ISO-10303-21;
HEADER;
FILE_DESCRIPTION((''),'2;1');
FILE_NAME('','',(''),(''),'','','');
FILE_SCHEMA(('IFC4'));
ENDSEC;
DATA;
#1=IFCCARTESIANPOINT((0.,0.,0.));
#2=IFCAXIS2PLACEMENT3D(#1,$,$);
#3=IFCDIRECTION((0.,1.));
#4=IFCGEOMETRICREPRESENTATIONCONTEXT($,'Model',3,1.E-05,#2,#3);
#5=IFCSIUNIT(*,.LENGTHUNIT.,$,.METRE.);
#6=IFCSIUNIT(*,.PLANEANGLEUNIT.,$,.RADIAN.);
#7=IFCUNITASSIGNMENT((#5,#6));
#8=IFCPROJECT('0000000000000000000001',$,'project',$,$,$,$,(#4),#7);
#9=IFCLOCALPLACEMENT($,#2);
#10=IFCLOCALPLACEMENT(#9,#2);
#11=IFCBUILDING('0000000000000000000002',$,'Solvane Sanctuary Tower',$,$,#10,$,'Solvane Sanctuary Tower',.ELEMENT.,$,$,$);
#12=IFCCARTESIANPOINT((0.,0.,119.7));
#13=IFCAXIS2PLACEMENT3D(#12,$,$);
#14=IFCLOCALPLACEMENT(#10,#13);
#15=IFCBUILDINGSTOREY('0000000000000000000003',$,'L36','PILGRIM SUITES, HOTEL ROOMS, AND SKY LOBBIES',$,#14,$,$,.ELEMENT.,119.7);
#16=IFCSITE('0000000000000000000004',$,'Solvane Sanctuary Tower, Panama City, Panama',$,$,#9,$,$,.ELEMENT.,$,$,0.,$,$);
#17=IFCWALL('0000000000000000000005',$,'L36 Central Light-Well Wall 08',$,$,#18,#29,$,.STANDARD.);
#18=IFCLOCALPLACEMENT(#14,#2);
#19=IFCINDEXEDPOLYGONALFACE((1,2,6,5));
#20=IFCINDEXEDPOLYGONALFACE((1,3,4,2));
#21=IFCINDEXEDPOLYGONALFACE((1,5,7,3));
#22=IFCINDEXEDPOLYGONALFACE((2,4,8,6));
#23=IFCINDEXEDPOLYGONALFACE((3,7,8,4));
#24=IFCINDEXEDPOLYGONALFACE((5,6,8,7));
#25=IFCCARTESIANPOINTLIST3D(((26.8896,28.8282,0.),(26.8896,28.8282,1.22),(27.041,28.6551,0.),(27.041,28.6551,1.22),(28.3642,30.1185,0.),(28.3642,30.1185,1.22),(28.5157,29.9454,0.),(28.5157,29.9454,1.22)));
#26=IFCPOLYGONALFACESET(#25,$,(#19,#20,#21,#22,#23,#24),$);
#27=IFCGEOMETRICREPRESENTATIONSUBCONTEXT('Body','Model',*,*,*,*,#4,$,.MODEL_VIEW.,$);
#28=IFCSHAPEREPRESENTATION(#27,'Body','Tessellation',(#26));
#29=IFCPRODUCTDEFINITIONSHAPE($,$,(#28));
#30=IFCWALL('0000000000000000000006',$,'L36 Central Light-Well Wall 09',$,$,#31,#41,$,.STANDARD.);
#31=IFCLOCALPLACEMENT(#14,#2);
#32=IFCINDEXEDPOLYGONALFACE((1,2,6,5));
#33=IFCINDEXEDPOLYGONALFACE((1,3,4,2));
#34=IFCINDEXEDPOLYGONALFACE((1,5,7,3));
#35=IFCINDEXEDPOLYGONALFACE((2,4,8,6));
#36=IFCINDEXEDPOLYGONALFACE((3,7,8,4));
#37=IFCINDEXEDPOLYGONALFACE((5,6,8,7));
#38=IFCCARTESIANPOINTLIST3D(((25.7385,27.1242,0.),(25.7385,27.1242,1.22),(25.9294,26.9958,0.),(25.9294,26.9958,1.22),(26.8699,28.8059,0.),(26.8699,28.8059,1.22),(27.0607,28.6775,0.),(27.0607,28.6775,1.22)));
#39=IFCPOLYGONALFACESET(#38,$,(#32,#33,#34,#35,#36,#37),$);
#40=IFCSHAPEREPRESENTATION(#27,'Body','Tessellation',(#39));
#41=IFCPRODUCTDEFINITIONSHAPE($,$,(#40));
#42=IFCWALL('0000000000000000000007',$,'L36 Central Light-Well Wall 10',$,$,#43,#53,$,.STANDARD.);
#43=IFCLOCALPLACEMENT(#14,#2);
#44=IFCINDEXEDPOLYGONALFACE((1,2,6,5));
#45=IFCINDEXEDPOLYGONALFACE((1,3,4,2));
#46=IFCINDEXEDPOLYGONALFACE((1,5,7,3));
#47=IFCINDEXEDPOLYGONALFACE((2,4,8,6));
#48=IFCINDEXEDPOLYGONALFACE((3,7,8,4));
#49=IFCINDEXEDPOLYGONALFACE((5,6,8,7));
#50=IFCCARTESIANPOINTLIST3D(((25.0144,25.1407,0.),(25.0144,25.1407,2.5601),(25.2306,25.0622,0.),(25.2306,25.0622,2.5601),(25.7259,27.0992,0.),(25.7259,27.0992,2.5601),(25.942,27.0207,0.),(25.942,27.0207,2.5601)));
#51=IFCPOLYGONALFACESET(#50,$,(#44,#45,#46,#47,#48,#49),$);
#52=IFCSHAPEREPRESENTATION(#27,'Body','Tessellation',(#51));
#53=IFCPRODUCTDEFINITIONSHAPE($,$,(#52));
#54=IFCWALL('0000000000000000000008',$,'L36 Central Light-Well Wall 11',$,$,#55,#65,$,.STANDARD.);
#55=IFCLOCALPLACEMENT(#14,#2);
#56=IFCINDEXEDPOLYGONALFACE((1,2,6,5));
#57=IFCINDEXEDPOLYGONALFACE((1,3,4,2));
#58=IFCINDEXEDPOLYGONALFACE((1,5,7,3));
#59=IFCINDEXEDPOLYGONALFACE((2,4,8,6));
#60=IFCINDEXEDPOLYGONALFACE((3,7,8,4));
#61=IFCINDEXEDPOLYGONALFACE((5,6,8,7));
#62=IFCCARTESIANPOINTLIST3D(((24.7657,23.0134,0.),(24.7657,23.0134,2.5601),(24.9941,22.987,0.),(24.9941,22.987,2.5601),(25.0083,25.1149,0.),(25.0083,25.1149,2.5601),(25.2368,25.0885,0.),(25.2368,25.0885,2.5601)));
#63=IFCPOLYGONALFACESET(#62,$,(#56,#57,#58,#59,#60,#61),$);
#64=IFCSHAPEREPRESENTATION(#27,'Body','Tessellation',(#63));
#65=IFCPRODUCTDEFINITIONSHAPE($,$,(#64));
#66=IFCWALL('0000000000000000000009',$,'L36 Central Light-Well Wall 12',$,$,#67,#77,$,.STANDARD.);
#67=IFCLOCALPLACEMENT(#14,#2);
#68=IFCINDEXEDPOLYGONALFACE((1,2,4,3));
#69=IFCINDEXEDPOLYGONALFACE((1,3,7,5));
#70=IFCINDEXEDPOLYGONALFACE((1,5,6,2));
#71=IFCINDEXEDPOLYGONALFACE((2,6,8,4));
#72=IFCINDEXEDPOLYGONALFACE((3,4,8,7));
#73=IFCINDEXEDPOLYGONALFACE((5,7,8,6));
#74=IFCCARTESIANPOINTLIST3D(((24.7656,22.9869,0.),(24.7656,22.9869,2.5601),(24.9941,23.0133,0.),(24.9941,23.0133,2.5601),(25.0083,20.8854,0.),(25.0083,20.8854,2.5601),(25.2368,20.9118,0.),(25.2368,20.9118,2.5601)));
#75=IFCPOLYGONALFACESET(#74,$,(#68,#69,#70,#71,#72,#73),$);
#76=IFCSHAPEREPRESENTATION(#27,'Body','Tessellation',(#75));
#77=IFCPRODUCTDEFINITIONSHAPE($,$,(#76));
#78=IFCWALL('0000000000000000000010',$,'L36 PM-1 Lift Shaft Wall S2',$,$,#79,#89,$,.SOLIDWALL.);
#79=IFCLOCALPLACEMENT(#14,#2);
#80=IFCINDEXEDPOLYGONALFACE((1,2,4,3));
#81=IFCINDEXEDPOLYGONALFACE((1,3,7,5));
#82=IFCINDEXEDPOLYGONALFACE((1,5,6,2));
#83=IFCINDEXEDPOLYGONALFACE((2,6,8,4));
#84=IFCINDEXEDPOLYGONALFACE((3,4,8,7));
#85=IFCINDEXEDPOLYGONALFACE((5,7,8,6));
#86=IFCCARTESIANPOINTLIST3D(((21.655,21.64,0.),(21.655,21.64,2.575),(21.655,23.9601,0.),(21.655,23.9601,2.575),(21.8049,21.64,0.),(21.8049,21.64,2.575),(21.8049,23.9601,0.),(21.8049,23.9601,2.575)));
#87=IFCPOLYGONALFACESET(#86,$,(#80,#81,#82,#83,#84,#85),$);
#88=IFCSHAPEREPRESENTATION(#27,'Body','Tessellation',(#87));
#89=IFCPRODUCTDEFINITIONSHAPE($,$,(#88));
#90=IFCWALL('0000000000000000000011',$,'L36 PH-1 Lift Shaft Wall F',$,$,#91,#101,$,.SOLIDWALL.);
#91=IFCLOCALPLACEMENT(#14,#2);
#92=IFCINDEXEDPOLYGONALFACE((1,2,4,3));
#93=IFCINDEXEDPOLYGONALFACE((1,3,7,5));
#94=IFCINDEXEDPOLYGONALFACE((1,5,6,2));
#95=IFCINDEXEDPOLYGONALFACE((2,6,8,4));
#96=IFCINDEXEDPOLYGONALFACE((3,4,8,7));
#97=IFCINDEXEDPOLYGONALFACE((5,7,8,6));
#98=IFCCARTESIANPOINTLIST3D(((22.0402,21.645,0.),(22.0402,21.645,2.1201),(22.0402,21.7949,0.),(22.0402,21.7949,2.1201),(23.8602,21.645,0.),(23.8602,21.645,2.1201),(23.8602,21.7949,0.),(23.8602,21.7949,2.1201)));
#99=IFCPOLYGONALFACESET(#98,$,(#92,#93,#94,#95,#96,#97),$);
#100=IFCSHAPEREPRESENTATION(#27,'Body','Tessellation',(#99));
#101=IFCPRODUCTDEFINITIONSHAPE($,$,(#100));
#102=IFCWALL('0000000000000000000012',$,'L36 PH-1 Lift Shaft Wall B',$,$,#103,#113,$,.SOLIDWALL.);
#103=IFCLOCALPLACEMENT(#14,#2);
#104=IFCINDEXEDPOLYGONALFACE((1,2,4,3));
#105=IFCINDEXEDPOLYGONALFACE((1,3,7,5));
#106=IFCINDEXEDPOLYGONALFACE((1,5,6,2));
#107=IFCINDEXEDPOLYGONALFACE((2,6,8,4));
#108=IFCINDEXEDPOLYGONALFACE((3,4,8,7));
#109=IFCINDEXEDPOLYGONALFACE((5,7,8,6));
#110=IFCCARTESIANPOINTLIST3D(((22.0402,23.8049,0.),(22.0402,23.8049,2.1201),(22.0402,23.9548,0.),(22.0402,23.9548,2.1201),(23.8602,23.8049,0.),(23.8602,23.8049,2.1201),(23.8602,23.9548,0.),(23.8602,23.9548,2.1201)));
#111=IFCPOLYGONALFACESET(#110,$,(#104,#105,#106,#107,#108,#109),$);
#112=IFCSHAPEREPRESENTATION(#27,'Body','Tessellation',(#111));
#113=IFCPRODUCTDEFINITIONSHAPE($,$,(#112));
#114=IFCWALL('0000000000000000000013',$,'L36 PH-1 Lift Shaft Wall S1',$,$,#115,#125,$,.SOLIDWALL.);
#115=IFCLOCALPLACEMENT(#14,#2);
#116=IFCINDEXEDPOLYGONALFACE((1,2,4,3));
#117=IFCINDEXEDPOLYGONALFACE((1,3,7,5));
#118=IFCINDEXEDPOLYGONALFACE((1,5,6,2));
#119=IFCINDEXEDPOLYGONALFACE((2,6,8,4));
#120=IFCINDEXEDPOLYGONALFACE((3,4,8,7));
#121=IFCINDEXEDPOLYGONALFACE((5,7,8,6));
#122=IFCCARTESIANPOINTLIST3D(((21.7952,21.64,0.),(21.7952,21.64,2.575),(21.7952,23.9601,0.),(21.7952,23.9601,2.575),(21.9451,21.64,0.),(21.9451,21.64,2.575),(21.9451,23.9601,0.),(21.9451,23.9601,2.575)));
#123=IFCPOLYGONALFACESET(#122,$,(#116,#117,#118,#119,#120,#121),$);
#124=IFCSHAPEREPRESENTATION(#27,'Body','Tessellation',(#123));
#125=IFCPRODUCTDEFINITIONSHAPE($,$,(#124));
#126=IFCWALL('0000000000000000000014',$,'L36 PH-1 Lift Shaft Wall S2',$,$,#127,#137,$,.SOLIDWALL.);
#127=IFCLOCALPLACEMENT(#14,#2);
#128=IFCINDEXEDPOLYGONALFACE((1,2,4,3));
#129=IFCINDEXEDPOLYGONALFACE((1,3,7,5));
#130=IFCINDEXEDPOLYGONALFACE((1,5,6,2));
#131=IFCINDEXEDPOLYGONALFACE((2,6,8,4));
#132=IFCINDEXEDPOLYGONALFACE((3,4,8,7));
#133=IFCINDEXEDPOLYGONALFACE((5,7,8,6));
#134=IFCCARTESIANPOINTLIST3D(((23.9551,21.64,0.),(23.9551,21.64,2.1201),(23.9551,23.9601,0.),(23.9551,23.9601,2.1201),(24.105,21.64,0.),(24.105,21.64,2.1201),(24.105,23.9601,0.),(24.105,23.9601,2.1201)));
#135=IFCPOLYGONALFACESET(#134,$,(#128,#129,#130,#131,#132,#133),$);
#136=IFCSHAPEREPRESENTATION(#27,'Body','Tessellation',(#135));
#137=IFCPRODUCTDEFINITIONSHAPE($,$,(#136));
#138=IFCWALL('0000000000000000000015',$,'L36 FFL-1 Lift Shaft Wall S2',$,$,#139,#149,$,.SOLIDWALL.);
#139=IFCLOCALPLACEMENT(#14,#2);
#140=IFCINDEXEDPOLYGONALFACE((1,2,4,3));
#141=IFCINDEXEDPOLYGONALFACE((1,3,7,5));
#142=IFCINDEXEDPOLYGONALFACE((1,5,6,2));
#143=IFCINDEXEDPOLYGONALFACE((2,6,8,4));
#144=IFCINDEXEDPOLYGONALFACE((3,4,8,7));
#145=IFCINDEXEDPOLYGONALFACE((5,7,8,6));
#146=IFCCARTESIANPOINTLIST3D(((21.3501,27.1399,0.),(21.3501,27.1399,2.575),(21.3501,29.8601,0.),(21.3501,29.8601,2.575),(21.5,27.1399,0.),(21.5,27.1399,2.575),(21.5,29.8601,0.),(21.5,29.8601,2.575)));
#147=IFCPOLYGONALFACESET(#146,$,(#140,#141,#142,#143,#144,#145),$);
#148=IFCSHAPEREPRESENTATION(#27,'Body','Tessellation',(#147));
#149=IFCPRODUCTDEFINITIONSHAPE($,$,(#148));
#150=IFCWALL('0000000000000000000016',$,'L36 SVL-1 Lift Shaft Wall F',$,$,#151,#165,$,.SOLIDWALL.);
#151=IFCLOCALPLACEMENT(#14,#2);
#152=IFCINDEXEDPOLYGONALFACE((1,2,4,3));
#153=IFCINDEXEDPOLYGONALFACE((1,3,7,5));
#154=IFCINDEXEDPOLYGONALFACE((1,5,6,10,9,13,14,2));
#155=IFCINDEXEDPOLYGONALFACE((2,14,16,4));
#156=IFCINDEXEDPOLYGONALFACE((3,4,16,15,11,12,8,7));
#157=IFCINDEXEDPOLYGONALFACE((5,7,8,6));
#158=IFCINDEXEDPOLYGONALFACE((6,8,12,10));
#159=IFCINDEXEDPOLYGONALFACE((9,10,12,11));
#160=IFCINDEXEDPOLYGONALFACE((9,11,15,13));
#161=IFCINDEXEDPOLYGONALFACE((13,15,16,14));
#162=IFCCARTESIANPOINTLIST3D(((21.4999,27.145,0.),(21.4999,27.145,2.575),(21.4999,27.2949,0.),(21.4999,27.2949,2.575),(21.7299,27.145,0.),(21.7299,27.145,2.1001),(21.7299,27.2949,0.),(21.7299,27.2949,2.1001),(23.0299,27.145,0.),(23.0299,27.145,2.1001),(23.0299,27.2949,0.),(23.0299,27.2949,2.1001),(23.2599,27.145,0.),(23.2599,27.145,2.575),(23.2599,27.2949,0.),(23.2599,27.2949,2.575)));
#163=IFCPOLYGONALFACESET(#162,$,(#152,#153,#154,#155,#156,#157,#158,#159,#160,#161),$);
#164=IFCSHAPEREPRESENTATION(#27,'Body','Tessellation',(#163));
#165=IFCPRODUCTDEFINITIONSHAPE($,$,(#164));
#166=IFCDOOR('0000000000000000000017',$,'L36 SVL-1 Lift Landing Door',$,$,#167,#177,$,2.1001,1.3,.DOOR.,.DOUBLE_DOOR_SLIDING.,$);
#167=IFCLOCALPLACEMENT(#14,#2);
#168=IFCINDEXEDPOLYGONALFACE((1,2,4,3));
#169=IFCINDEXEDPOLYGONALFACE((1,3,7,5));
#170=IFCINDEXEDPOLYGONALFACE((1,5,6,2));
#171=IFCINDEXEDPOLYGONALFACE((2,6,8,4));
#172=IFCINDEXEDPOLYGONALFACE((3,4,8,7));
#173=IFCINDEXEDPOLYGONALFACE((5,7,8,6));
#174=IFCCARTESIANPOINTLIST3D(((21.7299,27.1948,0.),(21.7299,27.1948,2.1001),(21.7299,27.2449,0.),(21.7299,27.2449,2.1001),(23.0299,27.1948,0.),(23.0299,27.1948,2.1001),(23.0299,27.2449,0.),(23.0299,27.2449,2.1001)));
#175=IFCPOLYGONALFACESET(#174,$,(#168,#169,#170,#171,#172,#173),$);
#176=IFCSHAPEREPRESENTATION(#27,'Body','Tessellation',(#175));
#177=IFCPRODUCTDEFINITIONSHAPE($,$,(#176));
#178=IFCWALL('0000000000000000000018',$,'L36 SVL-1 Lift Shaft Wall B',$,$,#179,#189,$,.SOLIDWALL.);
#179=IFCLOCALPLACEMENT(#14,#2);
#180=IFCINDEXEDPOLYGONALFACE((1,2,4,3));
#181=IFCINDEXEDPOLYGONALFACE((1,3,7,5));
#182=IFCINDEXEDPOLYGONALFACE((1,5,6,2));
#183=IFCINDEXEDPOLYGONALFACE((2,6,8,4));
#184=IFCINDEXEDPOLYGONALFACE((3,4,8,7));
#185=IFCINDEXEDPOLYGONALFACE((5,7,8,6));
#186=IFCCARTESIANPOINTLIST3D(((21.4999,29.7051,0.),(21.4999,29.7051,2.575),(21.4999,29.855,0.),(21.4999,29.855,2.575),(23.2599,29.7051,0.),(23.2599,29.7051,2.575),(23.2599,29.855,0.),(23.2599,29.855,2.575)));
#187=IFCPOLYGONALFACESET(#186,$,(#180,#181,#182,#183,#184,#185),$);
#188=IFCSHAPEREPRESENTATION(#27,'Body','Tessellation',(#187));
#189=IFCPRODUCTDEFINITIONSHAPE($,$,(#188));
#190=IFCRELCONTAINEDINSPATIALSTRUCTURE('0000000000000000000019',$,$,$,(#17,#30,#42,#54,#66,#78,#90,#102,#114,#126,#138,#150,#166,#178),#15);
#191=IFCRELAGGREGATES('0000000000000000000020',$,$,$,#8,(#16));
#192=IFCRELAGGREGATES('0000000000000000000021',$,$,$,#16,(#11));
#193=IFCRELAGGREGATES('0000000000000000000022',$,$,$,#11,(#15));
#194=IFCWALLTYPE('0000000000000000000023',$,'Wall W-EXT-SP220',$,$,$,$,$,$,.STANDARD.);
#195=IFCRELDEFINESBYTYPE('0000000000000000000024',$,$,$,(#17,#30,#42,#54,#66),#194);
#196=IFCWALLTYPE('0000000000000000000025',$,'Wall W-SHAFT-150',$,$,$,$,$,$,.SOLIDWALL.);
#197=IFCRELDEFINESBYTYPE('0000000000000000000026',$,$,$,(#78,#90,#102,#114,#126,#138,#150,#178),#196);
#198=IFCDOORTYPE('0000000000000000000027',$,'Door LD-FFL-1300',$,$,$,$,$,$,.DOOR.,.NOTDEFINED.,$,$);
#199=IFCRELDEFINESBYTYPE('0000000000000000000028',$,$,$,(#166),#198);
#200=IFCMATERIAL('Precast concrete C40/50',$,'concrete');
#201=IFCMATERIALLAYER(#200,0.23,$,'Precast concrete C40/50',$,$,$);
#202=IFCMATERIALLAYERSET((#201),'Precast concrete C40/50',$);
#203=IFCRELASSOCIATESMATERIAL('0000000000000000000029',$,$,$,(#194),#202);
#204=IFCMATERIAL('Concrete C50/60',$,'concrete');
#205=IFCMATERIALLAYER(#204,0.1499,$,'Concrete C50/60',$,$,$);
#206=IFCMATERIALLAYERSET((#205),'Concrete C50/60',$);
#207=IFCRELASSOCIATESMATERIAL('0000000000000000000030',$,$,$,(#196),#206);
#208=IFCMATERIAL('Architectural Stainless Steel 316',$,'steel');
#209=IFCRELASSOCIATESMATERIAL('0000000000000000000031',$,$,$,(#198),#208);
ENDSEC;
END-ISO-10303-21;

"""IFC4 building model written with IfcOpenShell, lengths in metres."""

from ifc_helpers import new_model, si_unit, direction, frame, frame_2d, origin, place, context, subcontext, project, spatial, rectangle, extrude, material, layer, layer_set, type_object, element, fill, save


model = new_model("IFC4")

# Units and contexts
model_context = context("Model", 3, precision=1e-05, world=origin(), true_north=direction((0.0, 1.0)))
body_context = subcontext(model_context, "Body", "Model", "MODEL_VIEW")
ifc_project = project(units=[si_unit("LENGTHUNIT", "METRE"), si_unit("PLANEANGLEUNIT", "RADIAN")], contexts=[model_context])

# Site, building, storey
site_placement = place(None, origin())
site = spatial("IfcSite", under=ifc_project, at=site_placement, Name="Solvane Sanctuary Tower, Panama City, Panama", CompositionType="ELEMENT", RefElevation=0.0)
building_placement = place(site_placement, origin())
building = spatial("IfcBuilding", under=site, at=building_placement, Name="Solvane Sanctuary Tower", LongName="Solvane Sanctuary Tower", CompositionType="ELEMENT")
storey_placement = place(building_placement, frame((0.0, 0.0, 119.7)))
storey = spatial("IfcBuildingStorey", under=building, at=storey_placement, Name="L36", Description="PILGRIM SUITES, HOTEL ROOMS, AND SKY LOBBIES", CompositionType="ELEMENT", Elevation=119.7)

# Shared definitions
ifc_material_1 = material(Name="Architectural Stainless Steel 316", Category="steel")

# Walls
ifc_material_2 = material(Name="Precast concrete C40/50", Category="concrete")
ifc_layer_1 = layer(ifc_material_2, 0.23, Name="Precast concrete C40/50")
ifc_layer_set_1 = layer_set([ifc_layer_1], Name="Precast concrete C40/50")
wall_type_1 = type_object("IfcWallType", Name="Wall W-EXT-SP220", PredefinedType="STANDARD", material=ifc_layer_set_1)
wall_1_placement = place(storey_placement, frame((28.4399, 30.032, 0.0), z_axis=(0.0, 0.0, 1.0), x_axis=(-0.752577, -0.658505, 0.0)))
element("IfcWall", 1, at=wall_1_placement, inside=storey, type_object=wall_type_1, Name="L36 Central Light-Well Wall 08", PredefinedType="STANDARD", context=body_context, shape_type="SweptSolid", body=[
    extrude(rectangle(XDim=1.9595, YDim=0.23, at=frame_2d((0.9797, 0.0))), origin(), (0.0, 0.0, 1.0), 1.22),
])
wall_2_placement = place(storey_placement, frame((26.9653, 28.7417, 0.0), z_axis=(0.0, 0.0, 1.0), x_axis=(-0.558198, -0.829708, 0.0)))
element("IfcWall", 2, at=wall_2_placement, inside=storey, type_object=wall_type_1, Name="L36 Central Light-Well Wall 09", PredefinedType="STANDARD", context=body_context, shape_type="SweptSolid", body=[
    extrude(rectangle(XDim=2.0269, YDim=0.23, at=frame_2d((1.0134, 0.0))), origin(), (0.0, 0.0, 1.0), 1.22),
])
wall_3_placement = place(storey_placement, frame((25.834, 27.0601, 0.0), z_axis=(0.0, 0.0, 1.0), x_axis=(-0.341423, -0.93991, 0.0)))
element("IfcWall", 3, at=wall_3_placement, inside=storey, type_object=wall_type_1, Name="L36 Central Light-Well Wall 10", PredefinedType="STANDARD", context=body_context, shape_type="SweptSolid", body=[
    extrude(rectangle(XDim=2.0837, YDim=0.23, at=frame_2d((1.042, 0.0))), origin(), (0.0, 0.0, 1.0), 2.5601),
])
for number, where, z_axis, x_axis, name in (
    (4, (25.1226, 25.1016, 0.0), (0.0, 0.0, 1.0), (-0.114712, -0.993399, 0.0), "L36 Central Light-Well Wall 11"),
    (5, (24.8799, 23.0, 0.0), (0.0, 0.0, 1.0), (0.114712, -0.993399, 0.0), "L36 Central Light-Well Wall 12"),
):
    element("IfcWall", number, at=place(storey_placement, frame(where, z_axis=z_axis, x_axis=x_axis)), inside=storey, type_object=wall_type_1, Name=name, PredefinedType="STANDARD", context=body_context, shape_type="SweptSolid", body=[
        extrude(rectangle(XDim=2.1155, YDim=0.23, at=frame_2d((1.0576, 0.0))), origin(), (0.0, 0.0, 1.0), 2.5601),
    ])
ifc_material_3 = material(Name="Concrete C50/60", Category="concrete")
ifc_layer_2 = layer(ifc_material_3, 0.1499, Name="Concrete C50/60")
ifc_layer_set_2 = layer_set([ifc_layer_2], Name="Concrete C50/60")
wall_type_2 = type_object("IfcWallType", Name="Wall W-SHAFT-150", PredefinedType="SOLIDWALL", material=ifc_layer_set_2)
wall_4_placement = place(storey_placement, frame((21.73, 21.6399, 0.0), z_axis=(0.0, 0.0, 1.0), x_axis=(0.0, 1.0, 0.0)))
element("IfcWall", 6, at=wall_4_placement, inside=storey, type_object=wall_type_2, Name="L36 PM-1 Lift Shaft Wall S2", PredefinedType="SOLIDWALL", context=body_context, shape_type="SweptSolid", body=[
    extrude(rectangle(XDim=2.3201, YDim=0.1499, at=frame_2d((1.1602, 0.0))), origin(), (0.0, 0.0, 1.0), 2.575),
])
for number, where, z_axis, x_axis, name in (
    (7, (22.04, 21.72, 0.0), (0.0, 0.0, 1.0), (1.0, 0.0, 0.0), "L36 PH-1 Lift Shaft Wall F"),
    (8, (22.04, 23.8799, 0.0), (0.0, 0.0, 1.0), (1.0, 0.0, 0.0), "L36 PH-1 Lift Shaft Wall B"),
):
    element("IfcWall", number, at=place(storey_placement, frame(where, z_axis=z_axis, x_axis=x_axis)), inside=storey, type_object=wall_type_2, Name=name, PredefinedType="SOLIDWALL", context=body_context, shape_type="SweptSolid", body=[
        extrude(rectangle(XDim=1.8201, YDim=0.1499, at=frame_2d((0.9102, 0.0))), origin(), (0.0, 0.0, 1.0), 2.1201),
    ])
wall_5_placement = place(storey_placement, frame((21.8701, 21.6399, 0.0), z_axis=(0.0, 0.0, 1.0), x_axis=(0.0, 1.0, 0.0)))
element("IfcWall", 9, at=wall_5_placement, inside=storey, type_object=wall_type_2, Name="L36 PH-1 Lift Shaft Wall S1", PredefinedType="SOLIDWALL", context=body_context, shape_type="SweptSolid", body=[
    extrude(rectangle(XDim=2.3201, YDim=0.1499, at=frame_2d((1.1602, 0.0))), origin(), (0.0, 0.0, 1.0), 2.575),
])
wall_6_placement = place(storey_placement, frame((24.03, 21.6399, 0.0), z_axis=(0.0, 0.0, 1.0), x_axis=(0.0, 1.0, 0.0)))
element("IfcWall", 10, at=wall_6_placement, inside=storey, type_object=wall_type_2, Name="L36 PH-1 Lift Shaft Wall S2", PredefinedType="SOLIDWALL", context=body_context, shape_type="SweptSolid", body=[
    extrude(rectangle(XDim=2.3201, YDim=0.1499, at=frame_2d((1.1602, 0.0))), origin(), (0.0, 0.0, 1.0), 2.1201),
])
wall_7_placement = place(storey_placement, frame((21.425, 27.1399, 0.0), z_axis=(0.0, 0.0, 1.0), x_axis=(0.0, 1.0, 0.0)))
element("IfcWall", 11, at=wall_7_placement, inside=storey, type_object=wall_type_2, Name="L36 FFL-1 Lift Shaft Wall S2", PredefinedType="SOLIDWALL", context=body_context, shape_type="SweptSolid", body=[
    extrude(rectangle(XDim=2.7202, YDim=0.1499, at=frame_2d((1.3601, 0.0))), origin(), (0.0, 0.0, 1.0), 2.575),
])

# Wall, opening, door
wall_8_placement = place(storey_placement, frame((21.5, 27.22, 0.0), z_axis=(0.0, 0.0, 1.0), x_axis=(1.0, 0.0, 0.0)))
wall_8 = element("IfcWall", 12, at=wall_8_placement, inside=storey, type_object=wall_type_2, Name="L36 SVL-1 Lift Shaft Wall F", PredefinedType="SOLIDWALL", context=body_context, shape_type="SweptSolid", body=[
    extrude(rectangle(XDim=1.76, YDim=0.1499, at=frame_2d((0.8799, 0.0))), origin(), (0.0, 0.0, 1.0), 2.575),
])
opening_1_placement = place(wall_8_placement, frame((0.23, 0.0, 0.0)))
opening_1 = element("IfcOpeningElement", 13, at=opening_1_placement, cuts=wall_8, PredefinedType="OPENING", context=body_context, shape_type="SweptSolid", body=[
    extrude(rectangle(XDim=1.3, YDim=2.1001, at=frame_2d((0.6499, 1.05))), frame((0.0, 0.085, 0.0), z_axis=(0.0, -1.0, 0.0), x_axis=(1.0, 0.0, 0.0)), (0.0, 0.0, 1.0), 0.1699),
])
door_type_1 = type_object("IfcDoorType", Name="Door LD-FFL-1300", OperationType="NOTDEFINED", PredefinedType="DOOR", material=ifc_material_1)
door_1_placement = place(opening_1_placement, origin())
door_1 = element("IfcDoor", 14, at=door_1_placement, inside=storey, type_object=door_type_1, Name="L36 SVL-1 Lift Landing Door", OperationType="DOUBLE_DOOR_SLIDING", OverallHeight=2.1001, OverallWidth=1.3, PredefinedType="DOOR", context=body_context, shape_type="SweptSolid", body=[
    extrude(rectangle(XDim=1.3, YDim=2.1001, at=frame_2d((0.6499, 1.05))), frame((0.0, 0.0249, 0.0), z_axis=(0.0, -1.0, 0.0), x_axis=(1.0, 0.0, 0.0)), (0.0, 0.0, 1.0), 0.05),
])
fill(opening_1, door_1)

# Wall
wall_9_placement = place(storey_placement, frame((21.5, 29.78, 0.0), z_axis=(0.0, 0.0, 1.0), x_axis=(1.0, 0.0, 0.0)))
element("IfcWall", 15, at=wall_9_placement, inside=storey, type_object=wall_type_2, Name="L36 SVL-1 Lift Shaft Wall B", PredefinedType="SOLIDWALL", context=body_context, shape_type="SweptSolid", body=[
    extrude(rectangle(XDim=1.76, YDim=0.1499, at=frame_2d((0.8799, 0.0))), origin(), (0.0, 0.0, 1.0), 2.575),
])

save(model, "model.ifc")
